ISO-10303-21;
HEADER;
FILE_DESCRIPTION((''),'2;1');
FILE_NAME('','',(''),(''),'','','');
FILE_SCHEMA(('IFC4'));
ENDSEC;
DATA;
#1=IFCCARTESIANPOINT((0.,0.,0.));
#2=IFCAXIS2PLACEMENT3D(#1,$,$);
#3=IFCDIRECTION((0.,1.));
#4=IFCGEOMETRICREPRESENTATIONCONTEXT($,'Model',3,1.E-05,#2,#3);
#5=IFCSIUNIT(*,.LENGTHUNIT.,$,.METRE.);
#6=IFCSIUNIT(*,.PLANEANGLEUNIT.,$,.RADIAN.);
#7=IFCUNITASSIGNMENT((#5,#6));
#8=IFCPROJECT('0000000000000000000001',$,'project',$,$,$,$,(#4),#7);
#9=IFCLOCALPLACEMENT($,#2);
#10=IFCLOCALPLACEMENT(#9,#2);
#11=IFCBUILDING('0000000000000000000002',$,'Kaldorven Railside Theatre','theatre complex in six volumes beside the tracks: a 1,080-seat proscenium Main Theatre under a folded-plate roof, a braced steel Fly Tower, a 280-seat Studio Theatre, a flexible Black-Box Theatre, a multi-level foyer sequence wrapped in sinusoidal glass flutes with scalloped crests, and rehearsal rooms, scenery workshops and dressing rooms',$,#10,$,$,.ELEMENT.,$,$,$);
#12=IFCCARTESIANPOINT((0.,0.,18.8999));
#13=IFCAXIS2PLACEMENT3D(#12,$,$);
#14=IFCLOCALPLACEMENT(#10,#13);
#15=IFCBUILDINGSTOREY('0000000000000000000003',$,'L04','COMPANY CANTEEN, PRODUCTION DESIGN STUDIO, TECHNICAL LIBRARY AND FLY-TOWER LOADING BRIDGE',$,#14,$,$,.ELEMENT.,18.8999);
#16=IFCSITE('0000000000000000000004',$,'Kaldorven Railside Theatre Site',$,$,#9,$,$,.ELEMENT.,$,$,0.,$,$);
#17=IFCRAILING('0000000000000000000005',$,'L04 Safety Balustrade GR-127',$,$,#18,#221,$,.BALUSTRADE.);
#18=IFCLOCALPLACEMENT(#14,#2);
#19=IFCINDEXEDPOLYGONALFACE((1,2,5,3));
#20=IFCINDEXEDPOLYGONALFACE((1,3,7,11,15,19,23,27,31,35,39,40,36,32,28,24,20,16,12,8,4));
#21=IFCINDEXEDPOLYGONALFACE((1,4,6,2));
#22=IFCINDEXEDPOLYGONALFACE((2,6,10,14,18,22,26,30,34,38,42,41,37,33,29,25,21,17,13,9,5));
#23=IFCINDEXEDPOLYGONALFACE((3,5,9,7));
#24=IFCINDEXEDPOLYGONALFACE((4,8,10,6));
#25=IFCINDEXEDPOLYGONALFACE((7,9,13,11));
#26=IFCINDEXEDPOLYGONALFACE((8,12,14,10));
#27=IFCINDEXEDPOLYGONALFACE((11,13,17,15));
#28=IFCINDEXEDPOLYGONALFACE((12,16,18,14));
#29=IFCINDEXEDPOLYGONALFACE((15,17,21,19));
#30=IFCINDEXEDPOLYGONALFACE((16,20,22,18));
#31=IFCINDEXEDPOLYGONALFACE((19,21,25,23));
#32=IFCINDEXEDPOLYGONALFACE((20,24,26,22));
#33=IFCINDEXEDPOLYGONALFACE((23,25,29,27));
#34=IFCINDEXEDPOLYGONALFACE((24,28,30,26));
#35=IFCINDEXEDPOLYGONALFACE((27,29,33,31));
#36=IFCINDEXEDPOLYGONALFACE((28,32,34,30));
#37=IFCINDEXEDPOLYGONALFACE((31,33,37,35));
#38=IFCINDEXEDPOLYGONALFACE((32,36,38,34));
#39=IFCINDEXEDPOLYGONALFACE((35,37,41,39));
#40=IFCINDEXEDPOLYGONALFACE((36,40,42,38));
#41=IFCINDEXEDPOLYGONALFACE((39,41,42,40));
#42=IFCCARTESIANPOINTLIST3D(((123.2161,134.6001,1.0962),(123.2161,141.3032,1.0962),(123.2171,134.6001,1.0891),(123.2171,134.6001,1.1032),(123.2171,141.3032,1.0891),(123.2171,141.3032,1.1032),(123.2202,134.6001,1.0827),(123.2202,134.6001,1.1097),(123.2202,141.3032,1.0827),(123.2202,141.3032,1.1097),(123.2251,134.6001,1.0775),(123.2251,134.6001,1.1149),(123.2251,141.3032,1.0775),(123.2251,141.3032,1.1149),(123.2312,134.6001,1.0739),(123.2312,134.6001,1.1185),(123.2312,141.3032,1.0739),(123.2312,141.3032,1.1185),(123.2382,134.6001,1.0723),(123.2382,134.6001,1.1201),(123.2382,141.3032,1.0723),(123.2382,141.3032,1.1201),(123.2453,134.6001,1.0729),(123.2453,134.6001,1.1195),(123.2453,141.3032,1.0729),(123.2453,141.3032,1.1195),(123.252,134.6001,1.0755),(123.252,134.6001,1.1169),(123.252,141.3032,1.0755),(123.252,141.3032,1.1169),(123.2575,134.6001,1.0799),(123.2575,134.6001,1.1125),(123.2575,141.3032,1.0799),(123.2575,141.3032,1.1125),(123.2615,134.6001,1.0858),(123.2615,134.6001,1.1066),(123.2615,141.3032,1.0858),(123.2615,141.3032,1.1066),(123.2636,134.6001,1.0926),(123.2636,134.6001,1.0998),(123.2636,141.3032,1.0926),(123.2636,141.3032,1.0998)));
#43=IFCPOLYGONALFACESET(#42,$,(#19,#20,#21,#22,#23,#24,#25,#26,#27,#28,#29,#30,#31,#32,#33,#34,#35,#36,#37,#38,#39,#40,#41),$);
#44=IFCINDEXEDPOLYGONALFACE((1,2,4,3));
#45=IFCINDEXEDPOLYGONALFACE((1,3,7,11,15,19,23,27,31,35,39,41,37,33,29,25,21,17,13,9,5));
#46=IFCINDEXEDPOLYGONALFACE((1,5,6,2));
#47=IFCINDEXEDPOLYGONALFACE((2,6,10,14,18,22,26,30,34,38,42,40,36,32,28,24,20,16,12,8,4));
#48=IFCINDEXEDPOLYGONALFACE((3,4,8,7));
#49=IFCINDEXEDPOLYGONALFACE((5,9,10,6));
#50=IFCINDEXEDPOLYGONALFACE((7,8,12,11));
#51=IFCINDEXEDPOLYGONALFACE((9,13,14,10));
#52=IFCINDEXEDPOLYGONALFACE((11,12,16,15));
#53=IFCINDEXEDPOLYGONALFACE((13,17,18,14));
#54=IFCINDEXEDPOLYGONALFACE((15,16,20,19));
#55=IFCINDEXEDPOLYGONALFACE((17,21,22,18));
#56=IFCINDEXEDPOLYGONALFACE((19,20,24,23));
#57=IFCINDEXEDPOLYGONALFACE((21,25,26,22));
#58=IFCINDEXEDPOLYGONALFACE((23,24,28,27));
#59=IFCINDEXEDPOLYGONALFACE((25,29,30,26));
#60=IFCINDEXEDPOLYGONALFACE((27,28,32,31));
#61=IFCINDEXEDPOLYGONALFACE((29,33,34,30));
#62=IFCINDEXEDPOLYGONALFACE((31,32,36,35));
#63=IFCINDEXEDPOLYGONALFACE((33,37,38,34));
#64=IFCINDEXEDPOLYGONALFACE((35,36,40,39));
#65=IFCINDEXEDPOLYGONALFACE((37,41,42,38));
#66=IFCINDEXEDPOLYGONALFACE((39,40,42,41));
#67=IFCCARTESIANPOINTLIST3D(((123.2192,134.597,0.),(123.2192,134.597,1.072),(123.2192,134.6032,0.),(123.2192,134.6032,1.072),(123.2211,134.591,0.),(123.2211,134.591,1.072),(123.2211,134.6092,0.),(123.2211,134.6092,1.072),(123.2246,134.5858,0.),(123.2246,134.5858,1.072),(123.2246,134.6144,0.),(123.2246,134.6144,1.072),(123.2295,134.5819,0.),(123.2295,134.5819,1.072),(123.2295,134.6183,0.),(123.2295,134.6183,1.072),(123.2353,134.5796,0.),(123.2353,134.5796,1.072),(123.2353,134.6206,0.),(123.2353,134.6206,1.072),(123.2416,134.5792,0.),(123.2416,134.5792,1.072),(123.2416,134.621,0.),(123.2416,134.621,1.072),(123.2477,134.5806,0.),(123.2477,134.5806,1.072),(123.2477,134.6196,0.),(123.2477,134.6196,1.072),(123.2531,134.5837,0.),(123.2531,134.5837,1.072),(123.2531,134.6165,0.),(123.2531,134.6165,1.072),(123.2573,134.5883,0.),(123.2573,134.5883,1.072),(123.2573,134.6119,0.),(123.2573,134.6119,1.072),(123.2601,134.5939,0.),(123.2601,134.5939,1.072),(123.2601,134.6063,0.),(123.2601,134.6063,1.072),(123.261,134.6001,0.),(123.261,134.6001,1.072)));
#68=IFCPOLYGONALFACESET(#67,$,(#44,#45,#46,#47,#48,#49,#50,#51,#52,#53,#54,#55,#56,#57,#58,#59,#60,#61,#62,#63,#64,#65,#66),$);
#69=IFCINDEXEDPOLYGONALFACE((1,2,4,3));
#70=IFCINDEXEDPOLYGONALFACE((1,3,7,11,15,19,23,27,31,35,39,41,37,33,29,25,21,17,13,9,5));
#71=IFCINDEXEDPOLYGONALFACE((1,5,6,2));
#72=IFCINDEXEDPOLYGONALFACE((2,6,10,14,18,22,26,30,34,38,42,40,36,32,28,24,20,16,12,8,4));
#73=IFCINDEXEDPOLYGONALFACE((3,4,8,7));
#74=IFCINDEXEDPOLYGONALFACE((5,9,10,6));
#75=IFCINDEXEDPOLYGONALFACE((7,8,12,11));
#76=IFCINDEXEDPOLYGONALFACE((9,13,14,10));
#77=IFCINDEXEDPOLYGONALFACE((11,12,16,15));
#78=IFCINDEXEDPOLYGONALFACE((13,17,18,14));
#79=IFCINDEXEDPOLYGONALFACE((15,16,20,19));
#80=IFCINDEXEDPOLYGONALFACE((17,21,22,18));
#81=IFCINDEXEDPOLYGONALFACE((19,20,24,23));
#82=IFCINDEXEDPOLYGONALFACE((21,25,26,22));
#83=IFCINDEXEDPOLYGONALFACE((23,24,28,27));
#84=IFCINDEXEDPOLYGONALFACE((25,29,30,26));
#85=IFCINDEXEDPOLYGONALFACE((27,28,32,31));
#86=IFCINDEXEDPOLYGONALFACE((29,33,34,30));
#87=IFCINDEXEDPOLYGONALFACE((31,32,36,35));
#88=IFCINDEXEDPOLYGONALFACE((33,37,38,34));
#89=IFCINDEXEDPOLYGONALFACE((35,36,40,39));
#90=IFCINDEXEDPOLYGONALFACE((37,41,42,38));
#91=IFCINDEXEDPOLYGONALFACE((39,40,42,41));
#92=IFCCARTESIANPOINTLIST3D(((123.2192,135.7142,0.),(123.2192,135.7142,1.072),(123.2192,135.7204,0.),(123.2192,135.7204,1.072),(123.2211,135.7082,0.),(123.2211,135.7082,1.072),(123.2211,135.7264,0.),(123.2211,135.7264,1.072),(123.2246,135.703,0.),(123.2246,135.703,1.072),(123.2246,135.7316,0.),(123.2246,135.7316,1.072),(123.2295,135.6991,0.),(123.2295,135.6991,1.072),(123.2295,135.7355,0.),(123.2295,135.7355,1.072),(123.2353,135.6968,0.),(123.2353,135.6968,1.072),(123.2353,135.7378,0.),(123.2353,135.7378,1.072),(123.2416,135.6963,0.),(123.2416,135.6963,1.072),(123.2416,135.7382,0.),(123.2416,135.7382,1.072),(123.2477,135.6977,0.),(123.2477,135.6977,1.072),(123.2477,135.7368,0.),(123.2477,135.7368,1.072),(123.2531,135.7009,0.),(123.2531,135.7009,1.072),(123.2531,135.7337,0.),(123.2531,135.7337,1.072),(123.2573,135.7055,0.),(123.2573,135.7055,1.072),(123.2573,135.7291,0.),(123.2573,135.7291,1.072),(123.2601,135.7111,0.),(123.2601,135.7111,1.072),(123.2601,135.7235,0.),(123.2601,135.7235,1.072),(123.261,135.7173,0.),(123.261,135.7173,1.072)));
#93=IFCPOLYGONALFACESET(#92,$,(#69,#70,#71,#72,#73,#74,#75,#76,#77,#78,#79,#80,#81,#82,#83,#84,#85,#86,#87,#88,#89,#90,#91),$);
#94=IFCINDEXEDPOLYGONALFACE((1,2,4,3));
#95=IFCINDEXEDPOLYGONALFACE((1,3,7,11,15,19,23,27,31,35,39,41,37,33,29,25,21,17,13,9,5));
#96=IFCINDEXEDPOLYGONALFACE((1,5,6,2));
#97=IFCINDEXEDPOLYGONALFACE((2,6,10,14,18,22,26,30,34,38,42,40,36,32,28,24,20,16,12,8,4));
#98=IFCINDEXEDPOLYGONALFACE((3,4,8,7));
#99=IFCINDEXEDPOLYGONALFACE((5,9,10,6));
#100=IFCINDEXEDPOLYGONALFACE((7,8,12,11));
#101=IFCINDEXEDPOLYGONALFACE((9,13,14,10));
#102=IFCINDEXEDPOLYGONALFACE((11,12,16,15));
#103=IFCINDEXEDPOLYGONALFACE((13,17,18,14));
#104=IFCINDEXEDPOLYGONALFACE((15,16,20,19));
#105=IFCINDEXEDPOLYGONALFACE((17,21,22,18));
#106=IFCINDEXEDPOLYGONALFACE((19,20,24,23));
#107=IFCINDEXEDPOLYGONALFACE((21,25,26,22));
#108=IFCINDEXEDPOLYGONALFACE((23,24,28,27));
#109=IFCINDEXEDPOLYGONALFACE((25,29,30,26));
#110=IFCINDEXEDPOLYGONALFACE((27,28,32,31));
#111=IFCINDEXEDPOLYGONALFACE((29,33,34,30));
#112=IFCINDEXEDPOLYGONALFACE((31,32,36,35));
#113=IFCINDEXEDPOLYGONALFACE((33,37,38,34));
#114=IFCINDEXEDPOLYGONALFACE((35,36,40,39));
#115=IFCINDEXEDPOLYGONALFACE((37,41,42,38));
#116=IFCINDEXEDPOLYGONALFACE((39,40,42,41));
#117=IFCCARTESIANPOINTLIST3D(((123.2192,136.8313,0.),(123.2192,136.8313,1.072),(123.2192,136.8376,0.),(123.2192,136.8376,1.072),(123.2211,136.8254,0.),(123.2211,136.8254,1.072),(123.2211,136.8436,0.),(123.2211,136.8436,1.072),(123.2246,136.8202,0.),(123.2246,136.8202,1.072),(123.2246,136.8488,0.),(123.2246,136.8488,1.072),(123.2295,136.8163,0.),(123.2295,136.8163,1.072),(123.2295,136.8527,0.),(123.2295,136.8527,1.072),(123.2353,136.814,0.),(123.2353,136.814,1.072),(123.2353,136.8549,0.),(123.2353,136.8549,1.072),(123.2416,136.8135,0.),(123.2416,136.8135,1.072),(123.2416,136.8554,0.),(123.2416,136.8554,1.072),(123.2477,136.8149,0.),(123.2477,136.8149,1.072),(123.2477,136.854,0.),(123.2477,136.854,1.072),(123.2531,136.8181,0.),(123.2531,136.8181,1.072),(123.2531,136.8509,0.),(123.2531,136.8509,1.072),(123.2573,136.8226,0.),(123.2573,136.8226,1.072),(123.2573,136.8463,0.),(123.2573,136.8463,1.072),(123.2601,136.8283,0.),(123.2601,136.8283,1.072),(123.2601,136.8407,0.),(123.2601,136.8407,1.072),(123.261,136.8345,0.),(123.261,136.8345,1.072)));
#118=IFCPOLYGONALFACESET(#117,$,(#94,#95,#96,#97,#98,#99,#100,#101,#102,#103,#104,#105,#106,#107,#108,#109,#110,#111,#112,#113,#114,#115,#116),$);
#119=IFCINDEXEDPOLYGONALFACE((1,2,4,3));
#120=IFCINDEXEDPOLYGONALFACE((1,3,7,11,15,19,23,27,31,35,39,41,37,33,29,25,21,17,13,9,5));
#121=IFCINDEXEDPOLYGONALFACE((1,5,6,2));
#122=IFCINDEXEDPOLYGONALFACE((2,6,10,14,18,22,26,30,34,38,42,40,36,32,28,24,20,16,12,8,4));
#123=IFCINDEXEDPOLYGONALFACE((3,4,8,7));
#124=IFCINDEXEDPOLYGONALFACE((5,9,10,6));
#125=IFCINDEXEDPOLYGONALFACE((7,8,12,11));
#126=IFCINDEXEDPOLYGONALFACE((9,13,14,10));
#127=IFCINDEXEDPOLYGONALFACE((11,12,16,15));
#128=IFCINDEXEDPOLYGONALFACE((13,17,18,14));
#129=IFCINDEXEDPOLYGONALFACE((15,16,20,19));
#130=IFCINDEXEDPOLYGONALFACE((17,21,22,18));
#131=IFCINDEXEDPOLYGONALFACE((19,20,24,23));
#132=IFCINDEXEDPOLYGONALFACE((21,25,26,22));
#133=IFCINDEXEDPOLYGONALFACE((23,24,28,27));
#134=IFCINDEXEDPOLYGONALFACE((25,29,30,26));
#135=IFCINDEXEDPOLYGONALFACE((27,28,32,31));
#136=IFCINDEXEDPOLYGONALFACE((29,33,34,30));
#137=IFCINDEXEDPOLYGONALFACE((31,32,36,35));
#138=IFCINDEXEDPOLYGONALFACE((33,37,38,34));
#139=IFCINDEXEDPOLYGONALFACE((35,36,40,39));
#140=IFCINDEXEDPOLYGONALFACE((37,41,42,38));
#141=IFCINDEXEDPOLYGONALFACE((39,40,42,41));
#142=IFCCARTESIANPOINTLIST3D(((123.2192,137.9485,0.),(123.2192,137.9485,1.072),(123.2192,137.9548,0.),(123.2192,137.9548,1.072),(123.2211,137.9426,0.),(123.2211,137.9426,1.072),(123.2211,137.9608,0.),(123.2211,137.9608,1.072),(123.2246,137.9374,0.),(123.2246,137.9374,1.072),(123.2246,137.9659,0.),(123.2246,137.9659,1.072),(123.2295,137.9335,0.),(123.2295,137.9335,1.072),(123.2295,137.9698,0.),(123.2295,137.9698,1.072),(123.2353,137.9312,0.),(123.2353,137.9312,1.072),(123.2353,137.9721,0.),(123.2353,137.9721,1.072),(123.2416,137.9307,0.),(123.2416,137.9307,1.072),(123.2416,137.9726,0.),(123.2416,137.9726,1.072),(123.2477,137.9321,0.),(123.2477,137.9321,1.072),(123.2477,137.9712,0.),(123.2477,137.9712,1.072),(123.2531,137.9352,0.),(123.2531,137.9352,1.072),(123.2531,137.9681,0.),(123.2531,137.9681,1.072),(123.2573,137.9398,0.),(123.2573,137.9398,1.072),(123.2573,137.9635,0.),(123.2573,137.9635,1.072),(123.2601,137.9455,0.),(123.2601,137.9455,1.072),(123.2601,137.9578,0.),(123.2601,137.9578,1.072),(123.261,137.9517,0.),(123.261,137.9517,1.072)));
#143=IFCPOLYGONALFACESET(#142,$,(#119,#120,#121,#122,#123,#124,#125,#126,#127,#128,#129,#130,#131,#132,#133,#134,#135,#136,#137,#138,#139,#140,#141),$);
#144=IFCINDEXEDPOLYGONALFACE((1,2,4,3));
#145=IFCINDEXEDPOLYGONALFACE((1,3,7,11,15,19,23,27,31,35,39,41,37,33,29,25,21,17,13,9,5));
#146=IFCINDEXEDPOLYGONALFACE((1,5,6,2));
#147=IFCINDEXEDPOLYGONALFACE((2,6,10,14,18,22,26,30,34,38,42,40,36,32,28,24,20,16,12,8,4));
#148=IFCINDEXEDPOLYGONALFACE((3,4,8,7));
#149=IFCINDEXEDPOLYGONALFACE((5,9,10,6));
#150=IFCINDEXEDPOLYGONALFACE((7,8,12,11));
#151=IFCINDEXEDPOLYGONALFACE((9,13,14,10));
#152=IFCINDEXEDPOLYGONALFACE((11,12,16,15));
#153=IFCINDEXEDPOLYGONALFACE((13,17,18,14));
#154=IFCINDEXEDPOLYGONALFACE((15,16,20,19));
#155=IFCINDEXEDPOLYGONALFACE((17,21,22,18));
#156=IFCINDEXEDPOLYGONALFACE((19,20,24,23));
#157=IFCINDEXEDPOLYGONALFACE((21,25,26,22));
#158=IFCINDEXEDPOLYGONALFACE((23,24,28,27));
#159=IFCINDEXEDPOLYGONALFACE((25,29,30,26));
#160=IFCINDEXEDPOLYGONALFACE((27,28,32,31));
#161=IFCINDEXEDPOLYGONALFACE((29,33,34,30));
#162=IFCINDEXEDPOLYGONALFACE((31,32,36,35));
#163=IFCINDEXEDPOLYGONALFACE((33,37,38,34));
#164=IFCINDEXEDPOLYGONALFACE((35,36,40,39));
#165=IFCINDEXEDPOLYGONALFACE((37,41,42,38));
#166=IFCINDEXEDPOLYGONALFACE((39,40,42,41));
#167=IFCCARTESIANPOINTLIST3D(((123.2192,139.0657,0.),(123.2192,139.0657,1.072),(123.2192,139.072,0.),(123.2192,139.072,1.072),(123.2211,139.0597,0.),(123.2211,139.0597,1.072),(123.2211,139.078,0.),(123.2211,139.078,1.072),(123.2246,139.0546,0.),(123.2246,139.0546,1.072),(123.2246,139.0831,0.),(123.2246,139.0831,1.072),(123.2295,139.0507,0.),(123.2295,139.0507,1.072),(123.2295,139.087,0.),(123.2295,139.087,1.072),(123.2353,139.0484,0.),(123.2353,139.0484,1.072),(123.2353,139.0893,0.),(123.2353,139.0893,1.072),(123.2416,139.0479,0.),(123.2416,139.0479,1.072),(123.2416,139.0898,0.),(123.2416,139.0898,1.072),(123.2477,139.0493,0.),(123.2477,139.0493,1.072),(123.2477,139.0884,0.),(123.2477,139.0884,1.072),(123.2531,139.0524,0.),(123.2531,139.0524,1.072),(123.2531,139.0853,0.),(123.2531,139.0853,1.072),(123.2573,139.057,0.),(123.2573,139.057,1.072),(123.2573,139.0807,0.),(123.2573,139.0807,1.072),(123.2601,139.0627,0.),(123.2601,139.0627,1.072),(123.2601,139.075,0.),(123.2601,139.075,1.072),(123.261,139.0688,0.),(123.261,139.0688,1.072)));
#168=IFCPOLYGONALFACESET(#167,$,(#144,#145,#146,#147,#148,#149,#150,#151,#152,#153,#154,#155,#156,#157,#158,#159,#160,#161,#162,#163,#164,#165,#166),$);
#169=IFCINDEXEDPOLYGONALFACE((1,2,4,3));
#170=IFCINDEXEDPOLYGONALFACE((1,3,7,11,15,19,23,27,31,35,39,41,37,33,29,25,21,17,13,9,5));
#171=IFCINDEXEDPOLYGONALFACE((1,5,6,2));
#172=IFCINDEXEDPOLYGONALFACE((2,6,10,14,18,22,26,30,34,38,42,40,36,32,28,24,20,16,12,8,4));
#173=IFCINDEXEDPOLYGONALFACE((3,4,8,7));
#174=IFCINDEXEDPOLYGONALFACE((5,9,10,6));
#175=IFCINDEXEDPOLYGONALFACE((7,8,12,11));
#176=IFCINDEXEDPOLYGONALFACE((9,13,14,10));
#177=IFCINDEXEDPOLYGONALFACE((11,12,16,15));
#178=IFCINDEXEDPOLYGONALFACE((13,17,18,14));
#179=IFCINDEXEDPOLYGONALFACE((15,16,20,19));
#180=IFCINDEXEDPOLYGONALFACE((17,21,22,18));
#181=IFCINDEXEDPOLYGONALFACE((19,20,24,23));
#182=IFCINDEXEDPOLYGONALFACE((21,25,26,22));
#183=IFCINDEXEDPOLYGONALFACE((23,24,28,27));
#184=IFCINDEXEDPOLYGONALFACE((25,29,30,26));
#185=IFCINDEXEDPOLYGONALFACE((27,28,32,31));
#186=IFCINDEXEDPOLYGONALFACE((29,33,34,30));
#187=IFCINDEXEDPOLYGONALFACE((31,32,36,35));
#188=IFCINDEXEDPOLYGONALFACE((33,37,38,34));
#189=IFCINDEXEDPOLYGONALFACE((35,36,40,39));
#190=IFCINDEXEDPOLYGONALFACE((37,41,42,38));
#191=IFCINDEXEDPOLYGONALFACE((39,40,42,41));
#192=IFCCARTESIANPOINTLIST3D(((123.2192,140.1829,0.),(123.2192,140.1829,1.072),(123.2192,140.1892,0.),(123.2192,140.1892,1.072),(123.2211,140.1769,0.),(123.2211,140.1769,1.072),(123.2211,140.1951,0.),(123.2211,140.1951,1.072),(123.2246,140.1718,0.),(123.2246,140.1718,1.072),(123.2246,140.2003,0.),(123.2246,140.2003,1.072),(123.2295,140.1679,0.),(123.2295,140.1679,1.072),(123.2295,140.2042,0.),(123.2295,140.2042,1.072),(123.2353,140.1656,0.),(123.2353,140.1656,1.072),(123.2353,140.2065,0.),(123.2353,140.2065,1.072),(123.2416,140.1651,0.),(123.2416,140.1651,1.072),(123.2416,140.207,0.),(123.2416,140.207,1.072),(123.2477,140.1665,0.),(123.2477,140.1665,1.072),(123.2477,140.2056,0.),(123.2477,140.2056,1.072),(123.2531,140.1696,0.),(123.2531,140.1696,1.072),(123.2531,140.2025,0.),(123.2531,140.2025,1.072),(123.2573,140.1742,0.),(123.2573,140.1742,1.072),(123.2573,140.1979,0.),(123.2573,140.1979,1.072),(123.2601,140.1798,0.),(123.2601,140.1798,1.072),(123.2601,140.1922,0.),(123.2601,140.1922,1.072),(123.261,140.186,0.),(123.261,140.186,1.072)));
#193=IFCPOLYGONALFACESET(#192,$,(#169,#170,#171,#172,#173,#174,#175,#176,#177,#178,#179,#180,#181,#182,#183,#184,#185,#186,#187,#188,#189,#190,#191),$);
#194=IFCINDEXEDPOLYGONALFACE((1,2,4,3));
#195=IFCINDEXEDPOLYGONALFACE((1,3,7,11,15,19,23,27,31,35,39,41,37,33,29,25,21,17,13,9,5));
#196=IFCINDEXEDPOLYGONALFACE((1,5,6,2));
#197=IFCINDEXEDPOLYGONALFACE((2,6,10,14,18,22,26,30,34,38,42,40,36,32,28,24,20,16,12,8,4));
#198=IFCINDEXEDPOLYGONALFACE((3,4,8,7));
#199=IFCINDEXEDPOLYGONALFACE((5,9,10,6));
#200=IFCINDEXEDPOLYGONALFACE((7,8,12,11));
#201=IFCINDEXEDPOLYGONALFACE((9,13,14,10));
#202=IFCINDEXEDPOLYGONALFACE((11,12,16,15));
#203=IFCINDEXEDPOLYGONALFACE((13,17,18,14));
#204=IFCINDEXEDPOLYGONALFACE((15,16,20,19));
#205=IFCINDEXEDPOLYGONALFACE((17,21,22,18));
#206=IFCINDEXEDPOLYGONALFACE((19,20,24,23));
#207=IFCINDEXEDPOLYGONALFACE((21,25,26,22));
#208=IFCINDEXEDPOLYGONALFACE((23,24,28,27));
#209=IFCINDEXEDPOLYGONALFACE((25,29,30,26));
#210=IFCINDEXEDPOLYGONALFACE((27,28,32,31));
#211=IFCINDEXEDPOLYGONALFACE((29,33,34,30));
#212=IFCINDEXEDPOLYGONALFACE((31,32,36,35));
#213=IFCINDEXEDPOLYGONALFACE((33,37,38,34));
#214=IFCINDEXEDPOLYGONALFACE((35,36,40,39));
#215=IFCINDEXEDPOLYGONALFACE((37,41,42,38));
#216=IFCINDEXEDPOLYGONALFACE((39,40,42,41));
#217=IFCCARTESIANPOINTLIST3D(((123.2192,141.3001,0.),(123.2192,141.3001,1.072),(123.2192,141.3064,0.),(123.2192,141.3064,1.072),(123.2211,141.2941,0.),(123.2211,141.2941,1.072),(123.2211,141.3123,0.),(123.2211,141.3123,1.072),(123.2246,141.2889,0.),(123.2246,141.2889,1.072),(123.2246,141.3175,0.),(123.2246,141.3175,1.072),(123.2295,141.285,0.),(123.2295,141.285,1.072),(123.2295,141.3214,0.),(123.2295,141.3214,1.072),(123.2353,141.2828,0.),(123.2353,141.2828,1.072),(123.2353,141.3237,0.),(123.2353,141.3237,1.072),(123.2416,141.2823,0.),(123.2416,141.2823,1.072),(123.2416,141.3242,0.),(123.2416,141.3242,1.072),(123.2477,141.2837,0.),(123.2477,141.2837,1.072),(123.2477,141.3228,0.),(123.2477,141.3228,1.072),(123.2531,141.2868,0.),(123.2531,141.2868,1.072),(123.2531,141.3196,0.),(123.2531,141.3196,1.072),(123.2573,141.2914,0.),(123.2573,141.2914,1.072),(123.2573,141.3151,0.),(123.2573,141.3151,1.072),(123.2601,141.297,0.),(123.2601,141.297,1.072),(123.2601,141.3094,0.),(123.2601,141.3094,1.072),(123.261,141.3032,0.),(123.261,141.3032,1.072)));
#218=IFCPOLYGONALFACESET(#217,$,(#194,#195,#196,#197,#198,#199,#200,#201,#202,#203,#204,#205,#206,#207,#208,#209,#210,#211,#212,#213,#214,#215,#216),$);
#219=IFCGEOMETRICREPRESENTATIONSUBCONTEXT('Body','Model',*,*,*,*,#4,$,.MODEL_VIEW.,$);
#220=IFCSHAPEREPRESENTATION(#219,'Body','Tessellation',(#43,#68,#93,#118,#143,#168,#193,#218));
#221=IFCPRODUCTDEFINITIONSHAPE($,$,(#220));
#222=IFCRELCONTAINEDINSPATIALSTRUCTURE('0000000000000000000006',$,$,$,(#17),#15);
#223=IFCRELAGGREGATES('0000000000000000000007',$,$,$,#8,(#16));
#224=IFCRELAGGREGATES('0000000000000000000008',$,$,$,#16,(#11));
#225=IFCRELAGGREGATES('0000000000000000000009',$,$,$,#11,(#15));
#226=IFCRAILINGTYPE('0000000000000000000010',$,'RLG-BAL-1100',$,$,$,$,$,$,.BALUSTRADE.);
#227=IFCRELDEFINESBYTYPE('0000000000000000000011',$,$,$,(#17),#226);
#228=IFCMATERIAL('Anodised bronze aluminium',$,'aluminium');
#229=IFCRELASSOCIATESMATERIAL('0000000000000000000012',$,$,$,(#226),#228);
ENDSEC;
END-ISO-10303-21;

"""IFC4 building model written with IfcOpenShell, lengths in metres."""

from ifc_helpers import new_model, si_unit, direction, frame, origin, origin_2d, place, context, subcontext, project, spatial, circle, extrude, material, type_object, element, save


model = new_model("IFC4")

# Units and contexts
model_context = context("Model", 3, precision=1e-05, world=origin(), true_north=direction((0.0, 1.0)))
body_context = subcontext(model_context, "Body", "Model", "MODEL_VIEW")
ifc_project = project(units=[si_unit("LENGTHUNIT", "METRE"), si_unit("PLANEANGLEUNIT", "RADIAN")], contexts=[model_context])

# Site, building, storey
site_placement = place(None, origin())
site = spatial("IfcSite", under=ifc_project, at=site_placement, Name="Kaldorven Railside Theatre Site", CompositionType="ELEMENT", RefElevation=0.0)
building_placement = place(site_placement, origin())
building = spatial("IfcBuilding", under=site, at=building_placement, Name="Kaldorven Railside Theatre", Description="theatre complex in six volumes beside the tracks: a 1,080-seat proscenium Main Theatre under a folded-plate roof, a braced steel Fly Tower, a 280-seat Studio Theatre, a flexible Black-Box Theatre, a multi-level foyer sequence wrapped in sinusoidal glass flutes with scalloped crests, and rehearsal rooms, scenery workshops and dressing rooms", CompositionType="ELEMENT")
storey_placement = place(building_placement, frame((0.0, 0.0, 18.8999)))
storey = spatial("IfcBuildingStorey", under=building, at=storey_placement, Name="L04", Description="COMPANY CANTEEN, PRODUCTION DESIGN STUDIO, TECHNICAL LIBRARY AND FLY-TOWER LOADING BRIDGE", CompositionType="ELEMENT", Elevation=18.8999)

# Railing
ifc_material_1 = material(Name="Anodised bronze aluminium", Category="aluminium")
railing_type = type_object("IfcRailingType", Name="RLG-BAL-1100", PredefinedType="BALUSTRADE", material=ifc_material_1)
railing_placement = place(storey_placement, frame((123.24, 134.6001, 0.0)))
element("IfcRailing", 1, at=railing_placement, inside=storey, type_object=railing_type, Name="L04 Safety Balustrade GR-127", PredefinedType="BALUSTRADE", context=body_context, shape_type="SweptSolid", body=[
    extrude(circle(Radius=0.0239, at=origin_2d()), frame((0.0, 0.0, 1.0962), z_axis=(0.0, 1.0, 0.0), x_axis=(-1.0, 0.0, 0.0)), (0.0, 0.0, 1.0), 6.7031),
    extrude(circle(Radius=0.021, at=origin_2d()), origin(), (0.0, 0.0, 1.0), 1.072),
    extrude(circle(Radius=0.021, at=origin_2d()), frame((0.0, 1.1172, 0.0)), (0.0, 0.0, 1.0), 1.072),
    extrude(circle(Radius=0.021, at=origin_2d()), frame((0.0, 2.2344, 0.0)), (0.0, 0.0, 1.0), 1.072),
    extrude(circle(Radius=0.021, at=origin_2d()), frame((0.0, 3.3516, 0.0)), (0.0, 0.0, 1.0), 1.072),
    extrude(circle(Radius=0.021, at=origin_2d()), frame((0.0, 4.4688, 0.0)), (0.0, 0.0, 1.0), 1.072),
    extrude(circle(Radius=0.021, at=origin_2d()), frame((0.0, 5.5859, 0.0)), (0.0, 0.0, 1.0), 1.072),
    extrude(circle(Radius=0.021, at=origin_2d()), frame((0.0, 6.7031, 0.0)), (0.0, 0.0, 1.0), 1.072),
])

save(model, "model.ifc")
